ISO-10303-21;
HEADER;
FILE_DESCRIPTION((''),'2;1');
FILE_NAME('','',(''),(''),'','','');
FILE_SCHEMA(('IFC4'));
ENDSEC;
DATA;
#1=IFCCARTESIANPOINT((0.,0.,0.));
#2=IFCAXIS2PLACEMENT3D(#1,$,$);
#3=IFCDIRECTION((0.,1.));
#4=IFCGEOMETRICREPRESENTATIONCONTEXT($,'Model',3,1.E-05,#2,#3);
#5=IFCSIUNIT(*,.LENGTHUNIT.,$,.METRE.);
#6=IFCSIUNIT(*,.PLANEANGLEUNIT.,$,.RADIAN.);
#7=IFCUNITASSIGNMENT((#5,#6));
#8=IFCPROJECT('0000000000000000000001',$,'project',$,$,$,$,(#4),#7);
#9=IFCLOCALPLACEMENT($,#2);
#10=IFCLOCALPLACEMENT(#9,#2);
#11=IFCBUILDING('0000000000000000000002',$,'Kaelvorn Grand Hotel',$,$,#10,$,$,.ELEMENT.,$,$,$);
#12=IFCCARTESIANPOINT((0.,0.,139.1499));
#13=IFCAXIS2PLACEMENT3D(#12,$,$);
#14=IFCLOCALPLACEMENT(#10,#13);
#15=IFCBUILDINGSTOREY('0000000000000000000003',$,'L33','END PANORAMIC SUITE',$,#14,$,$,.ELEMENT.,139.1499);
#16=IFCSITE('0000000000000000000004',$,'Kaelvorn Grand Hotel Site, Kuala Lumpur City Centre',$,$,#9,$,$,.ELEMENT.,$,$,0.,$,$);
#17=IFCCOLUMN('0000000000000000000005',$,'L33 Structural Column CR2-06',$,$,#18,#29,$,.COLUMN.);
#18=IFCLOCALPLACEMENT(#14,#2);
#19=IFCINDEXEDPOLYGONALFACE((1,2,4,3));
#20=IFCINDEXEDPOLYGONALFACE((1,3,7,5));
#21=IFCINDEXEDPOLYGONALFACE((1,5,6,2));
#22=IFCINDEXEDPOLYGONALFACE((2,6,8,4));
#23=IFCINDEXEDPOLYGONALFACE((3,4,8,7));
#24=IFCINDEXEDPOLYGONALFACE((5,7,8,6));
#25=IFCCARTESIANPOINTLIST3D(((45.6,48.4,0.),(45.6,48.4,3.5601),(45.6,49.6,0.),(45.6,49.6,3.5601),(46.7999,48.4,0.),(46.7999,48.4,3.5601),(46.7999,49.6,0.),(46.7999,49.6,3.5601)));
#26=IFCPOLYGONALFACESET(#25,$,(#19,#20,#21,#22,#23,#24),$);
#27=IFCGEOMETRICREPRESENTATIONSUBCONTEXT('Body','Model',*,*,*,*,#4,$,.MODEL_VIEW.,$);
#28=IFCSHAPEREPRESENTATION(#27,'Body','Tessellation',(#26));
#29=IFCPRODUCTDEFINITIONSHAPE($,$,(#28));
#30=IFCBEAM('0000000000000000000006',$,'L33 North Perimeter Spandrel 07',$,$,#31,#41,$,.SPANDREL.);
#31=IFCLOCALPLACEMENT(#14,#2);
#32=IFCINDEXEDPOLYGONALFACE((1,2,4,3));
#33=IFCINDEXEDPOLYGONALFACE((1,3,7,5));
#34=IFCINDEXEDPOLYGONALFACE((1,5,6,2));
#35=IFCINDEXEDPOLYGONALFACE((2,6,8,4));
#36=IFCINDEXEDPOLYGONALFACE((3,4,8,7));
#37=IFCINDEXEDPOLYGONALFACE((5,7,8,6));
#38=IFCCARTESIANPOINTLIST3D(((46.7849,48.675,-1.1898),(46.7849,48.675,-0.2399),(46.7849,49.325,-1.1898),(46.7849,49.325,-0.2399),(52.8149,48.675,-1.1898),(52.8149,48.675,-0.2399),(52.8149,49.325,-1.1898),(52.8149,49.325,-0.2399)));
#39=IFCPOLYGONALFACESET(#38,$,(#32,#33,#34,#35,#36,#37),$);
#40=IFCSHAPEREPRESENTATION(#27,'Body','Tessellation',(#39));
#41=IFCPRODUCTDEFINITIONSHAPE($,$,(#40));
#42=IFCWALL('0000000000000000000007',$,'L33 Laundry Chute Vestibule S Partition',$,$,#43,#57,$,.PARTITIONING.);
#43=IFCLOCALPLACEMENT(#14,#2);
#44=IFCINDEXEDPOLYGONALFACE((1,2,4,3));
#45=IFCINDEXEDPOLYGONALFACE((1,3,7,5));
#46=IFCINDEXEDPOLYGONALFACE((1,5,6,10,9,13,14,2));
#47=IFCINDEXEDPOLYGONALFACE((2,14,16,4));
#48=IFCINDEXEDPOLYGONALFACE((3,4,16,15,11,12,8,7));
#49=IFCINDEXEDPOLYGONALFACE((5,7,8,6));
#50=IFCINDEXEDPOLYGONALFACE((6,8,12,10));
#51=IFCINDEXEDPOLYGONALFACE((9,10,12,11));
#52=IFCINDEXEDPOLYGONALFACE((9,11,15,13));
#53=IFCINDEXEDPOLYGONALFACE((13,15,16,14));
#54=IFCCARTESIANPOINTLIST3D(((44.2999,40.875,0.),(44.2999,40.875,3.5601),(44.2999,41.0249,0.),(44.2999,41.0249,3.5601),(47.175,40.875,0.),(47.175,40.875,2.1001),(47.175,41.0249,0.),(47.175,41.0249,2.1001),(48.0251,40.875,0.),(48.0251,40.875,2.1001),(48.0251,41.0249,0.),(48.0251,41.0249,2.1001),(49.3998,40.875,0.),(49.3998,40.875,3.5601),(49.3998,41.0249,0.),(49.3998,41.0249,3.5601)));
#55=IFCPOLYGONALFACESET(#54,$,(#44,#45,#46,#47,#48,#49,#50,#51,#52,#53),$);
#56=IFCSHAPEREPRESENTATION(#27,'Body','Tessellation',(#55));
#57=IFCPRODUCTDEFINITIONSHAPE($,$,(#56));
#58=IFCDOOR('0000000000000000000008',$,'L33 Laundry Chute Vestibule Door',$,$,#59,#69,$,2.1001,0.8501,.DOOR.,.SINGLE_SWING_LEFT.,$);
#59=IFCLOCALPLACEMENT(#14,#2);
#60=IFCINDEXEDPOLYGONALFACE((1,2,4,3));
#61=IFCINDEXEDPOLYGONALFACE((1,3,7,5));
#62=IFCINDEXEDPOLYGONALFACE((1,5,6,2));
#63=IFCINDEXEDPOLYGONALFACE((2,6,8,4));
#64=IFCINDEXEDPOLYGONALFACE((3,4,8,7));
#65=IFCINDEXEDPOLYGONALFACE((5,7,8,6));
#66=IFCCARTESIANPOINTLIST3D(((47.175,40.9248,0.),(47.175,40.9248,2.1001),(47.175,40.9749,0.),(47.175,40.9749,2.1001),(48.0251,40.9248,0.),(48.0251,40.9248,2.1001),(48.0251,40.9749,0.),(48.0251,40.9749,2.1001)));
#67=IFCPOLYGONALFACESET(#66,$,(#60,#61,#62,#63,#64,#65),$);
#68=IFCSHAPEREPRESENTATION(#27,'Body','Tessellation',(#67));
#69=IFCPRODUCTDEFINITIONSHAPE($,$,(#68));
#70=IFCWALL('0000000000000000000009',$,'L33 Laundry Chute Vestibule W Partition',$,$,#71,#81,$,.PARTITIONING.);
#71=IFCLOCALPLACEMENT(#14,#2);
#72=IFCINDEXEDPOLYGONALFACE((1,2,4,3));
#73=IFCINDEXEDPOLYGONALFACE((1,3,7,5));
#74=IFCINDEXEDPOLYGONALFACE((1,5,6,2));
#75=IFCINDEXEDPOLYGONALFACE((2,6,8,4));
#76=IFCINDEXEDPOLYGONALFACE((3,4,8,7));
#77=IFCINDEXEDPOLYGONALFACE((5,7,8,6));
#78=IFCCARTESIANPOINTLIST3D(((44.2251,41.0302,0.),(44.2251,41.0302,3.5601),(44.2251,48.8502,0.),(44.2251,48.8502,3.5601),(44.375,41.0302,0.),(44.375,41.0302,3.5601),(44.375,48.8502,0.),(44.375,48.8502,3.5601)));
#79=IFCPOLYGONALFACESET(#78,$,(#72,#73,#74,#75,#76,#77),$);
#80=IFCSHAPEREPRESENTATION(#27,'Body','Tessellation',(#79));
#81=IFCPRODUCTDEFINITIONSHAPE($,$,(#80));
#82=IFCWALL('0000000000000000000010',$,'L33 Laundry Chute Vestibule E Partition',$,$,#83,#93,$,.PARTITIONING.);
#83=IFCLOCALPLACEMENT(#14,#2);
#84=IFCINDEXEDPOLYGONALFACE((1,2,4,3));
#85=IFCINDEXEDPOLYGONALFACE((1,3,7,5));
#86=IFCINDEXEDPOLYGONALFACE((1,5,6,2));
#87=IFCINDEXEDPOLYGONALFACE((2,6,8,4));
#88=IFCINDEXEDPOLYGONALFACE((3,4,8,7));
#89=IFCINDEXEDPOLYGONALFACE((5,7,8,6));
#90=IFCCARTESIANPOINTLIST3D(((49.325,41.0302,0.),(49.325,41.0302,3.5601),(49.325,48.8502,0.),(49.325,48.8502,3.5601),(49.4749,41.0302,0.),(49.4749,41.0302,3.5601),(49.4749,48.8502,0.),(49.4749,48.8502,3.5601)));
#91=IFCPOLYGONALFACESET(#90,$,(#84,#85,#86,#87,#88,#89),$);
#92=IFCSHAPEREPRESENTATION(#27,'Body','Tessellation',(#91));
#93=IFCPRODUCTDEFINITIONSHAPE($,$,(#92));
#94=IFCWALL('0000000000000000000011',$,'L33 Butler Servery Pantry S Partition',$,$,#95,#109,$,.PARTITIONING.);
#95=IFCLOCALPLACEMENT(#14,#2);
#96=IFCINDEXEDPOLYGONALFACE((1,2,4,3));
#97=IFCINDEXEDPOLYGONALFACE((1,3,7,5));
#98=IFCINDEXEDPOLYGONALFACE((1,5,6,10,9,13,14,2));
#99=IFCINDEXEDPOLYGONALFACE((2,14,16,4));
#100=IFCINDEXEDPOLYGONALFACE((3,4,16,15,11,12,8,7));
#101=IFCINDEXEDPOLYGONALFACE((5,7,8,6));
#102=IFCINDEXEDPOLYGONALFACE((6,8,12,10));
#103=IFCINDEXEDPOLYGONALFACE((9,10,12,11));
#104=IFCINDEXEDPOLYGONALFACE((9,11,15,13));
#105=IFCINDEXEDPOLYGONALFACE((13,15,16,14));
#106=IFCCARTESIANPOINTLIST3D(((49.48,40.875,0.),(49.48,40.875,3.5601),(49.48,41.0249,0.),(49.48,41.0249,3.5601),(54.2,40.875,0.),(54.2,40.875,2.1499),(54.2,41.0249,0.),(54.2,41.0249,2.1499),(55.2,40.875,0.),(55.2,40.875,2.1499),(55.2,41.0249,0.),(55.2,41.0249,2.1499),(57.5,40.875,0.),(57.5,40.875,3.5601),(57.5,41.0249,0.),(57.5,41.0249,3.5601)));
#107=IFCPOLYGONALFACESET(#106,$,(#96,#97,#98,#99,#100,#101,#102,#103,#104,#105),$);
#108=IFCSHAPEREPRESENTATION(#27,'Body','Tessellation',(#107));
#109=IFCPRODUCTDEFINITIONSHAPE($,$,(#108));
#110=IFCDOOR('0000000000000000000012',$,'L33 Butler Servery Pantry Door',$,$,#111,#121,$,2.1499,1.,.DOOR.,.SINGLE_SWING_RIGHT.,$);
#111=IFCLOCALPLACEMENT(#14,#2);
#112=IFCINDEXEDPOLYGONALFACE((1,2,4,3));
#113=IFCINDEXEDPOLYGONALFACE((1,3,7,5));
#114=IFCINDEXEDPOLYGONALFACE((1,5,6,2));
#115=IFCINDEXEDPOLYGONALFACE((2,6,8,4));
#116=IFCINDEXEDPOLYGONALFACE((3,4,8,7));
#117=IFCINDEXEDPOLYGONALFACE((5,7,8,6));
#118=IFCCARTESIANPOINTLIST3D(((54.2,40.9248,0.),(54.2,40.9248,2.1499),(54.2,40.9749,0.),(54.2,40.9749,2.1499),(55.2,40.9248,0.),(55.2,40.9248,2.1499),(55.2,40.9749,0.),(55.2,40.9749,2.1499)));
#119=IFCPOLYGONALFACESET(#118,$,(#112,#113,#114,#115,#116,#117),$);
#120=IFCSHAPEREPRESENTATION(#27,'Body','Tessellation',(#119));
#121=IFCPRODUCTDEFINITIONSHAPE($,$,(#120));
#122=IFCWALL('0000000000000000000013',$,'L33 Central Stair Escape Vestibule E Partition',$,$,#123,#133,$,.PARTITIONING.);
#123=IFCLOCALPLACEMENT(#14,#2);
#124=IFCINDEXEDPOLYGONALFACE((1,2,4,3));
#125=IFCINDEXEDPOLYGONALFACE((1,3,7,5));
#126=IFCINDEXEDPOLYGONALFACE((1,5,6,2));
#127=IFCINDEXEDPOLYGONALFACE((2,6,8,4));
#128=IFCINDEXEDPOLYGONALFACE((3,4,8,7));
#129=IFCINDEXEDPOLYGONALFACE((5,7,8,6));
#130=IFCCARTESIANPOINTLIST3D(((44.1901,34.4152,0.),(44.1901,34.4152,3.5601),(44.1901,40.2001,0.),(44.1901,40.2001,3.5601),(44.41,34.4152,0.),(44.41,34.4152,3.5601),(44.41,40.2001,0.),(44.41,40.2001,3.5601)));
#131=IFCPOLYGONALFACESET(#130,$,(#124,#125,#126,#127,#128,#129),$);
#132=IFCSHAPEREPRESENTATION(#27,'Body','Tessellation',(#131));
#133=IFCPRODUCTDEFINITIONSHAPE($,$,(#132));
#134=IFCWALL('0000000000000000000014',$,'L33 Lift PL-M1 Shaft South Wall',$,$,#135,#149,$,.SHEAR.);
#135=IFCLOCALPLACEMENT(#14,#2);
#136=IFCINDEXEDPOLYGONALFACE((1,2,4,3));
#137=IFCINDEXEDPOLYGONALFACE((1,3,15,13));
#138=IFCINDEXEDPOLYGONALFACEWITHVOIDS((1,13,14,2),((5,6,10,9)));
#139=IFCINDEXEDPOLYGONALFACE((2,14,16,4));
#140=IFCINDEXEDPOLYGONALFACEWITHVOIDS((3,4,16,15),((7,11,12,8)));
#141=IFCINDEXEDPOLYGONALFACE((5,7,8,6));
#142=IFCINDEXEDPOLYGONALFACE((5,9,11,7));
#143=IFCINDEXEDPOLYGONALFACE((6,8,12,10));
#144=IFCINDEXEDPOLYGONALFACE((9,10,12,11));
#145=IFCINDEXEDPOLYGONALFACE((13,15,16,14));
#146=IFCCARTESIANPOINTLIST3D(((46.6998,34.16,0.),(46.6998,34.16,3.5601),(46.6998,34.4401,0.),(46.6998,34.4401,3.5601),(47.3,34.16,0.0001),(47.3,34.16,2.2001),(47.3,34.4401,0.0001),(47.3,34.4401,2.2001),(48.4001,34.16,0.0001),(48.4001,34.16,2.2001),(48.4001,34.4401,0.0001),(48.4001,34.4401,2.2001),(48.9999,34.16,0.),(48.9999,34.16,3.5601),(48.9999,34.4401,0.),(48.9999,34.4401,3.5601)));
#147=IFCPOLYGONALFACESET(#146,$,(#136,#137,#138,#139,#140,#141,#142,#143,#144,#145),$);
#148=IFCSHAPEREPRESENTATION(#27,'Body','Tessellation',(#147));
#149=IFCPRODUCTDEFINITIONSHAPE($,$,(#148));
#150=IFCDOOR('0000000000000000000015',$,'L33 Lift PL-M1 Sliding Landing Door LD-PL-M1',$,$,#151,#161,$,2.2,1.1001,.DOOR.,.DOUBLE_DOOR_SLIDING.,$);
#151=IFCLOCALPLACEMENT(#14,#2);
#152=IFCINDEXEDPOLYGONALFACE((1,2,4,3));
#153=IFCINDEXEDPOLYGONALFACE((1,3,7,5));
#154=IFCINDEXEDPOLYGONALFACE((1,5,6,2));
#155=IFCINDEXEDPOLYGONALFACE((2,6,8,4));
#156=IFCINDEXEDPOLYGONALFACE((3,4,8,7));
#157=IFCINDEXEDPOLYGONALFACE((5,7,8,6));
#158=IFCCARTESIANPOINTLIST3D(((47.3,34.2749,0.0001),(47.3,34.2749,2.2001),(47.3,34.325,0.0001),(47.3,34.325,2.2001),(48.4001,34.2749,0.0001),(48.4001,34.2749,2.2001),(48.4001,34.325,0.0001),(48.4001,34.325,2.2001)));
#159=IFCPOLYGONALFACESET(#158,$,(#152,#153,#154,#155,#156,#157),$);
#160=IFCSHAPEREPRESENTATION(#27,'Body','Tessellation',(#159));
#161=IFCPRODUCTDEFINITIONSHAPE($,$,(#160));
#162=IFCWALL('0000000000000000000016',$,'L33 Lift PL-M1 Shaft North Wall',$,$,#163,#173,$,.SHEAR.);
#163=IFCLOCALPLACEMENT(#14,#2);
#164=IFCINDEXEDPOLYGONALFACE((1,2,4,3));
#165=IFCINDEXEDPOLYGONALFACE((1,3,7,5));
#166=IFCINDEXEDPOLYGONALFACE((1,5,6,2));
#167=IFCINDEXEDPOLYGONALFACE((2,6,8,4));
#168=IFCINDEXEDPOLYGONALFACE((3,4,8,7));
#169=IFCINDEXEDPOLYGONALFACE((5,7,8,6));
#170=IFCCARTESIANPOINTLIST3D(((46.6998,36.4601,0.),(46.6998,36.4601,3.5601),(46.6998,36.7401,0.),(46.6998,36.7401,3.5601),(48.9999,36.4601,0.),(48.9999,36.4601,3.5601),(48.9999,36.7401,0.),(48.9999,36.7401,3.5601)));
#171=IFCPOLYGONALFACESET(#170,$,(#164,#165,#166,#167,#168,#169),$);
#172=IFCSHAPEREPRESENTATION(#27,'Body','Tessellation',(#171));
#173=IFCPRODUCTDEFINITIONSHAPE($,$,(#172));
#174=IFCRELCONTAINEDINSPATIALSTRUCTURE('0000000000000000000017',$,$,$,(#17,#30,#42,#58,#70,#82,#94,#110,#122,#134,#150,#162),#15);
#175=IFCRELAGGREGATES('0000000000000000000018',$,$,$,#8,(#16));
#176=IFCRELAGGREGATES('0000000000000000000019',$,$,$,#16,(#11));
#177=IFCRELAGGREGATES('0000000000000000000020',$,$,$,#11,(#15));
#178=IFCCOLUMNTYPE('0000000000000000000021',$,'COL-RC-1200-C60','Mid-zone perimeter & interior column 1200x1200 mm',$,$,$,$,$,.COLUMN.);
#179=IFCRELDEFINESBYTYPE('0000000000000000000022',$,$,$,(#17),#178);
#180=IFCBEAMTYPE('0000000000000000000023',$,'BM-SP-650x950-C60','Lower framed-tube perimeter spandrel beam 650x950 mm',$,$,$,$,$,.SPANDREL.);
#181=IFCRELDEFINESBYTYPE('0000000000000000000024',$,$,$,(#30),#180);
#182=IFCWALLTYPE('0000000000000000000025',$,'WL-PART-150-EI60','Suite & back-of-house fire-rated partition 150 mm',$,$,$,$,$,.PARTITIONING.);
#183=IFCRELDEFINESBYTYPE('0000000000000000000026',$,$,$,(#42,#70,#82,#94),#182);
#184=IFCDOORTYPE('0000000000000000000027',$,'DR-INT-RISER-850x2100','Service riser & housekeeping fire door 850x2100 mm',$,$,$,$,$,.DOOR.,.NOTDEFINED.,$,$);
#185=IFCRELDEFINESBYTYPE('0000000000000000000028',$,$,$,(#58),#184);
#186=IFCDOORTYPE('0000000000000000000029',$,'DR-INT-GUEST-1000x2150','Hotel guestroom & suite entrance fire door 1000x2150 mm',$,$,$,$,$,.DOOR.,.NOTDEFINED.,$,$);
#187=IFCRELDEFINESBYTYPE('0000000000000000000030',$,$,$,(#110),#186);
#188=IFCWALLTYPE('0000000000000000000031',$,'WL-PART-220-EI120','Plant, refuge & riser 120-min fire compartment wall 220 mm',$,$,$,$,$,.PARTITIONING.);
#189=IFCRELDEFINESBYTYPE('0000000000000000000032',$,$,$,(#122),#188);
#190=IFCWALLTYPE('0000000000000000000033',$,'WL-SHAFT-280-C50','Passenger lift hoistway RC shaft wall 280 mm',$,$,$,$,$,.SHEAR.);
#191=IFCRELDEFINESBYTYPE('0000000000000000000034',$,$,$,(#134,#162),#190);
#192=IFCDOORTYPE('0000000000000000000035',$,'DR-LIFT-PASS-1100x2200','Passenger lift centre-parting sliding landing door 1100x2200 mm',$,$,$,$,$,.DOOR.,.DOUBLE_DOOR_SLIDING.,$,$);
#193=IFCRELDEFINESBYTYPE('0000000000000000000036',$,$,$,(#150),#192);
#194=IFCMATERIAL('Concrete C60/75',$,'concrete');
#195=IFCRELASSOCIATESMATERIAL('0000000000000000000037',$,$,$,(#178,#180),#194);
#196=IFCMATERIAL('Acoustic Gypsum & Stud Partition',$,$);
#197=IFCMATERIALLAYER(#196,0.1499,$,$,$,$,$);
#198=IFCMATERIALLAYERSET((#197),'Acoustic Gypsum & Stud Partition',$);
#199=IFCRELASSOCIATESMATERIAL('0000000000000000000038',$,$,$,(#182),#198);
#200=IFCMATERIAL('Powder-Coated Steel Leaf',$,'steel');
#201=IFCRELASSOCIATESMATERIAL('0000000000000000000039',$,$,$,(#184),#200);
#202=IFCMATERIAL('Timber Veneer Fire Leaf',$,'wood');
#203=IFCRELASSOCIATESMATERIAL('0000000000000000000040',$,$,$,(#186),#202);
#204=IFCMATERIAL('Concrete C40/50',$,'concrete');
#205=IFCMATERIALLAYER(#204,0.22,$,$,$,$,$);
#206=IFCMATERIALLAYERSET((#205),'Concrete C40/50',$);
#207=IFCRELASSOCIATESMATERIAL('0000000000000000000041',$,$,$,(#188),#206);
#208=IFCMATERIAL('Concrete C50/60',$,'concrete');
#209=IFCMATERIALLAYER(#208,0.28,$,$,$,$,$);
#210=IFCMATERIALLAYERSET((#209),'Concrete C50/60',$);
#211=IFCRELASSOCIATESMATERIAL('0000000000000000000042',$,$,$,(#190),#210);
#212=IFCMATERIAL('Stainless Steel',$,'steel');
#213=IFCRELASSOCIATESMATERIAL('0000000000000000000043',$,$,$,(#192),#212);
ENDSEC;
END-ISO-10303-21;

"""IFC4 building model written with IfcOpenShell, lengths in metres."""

from ifc_helpers import new_model, si_unit, direction, frame, frame_2d, origin, origin_2d, place, context, subcontext, project, spatial, rectangle, extrude, material, layer, layer_set, material_profile, profile_set, type_object, element, fill, save


model = new_model("IFC4")

# Units and contexts
model_context = context("Model", 3, precision=1e-05, world=origin(), true_north=direction((0.0, 1.0)))
body_context = subcontext(model_context, "Body", "Model", "MODEL_VIEW")
ifc_project = project(units=[si_unit("LENGTHUNIT", "METRE"), si_unit("PLANEANGLEUNIT", "RADIAN")], contexts=[model_context])

# Site, building, storey
site_placement = place(None, origin())
site = spatial("IfcSite", under=ifc_project, at=site_placement, Name="Kaelvorn Grand Hotel Site, Kuala Lumpur City Centre", CompositionType="ELEMENT", RefElevation=0.0)
building_placement = place(site_placement, origin())
building = spatial("IfcBuilding", under=site, at=building_placement, Name="Kaelvorn Grand Hotel", CompositionType="ELEMENT")
storey_placement = place(building_placement, frame((0.0, 0.0, 139.1499)))
storey = spatial("IfcBuildingStorey", under=building, at=storey_placement, Name="L33", Description="END PANORAMIC SUITE", CompositionType="ELEMENT", Elevation=139.1499)

# Column
ifc_material_1 = material(Name="Concrete C60/75", Category="concrete")
ifc_material_profile_1 = material_profile(ifc_material_1, rectangle(XDim=1.2, YDim=1.2, at=origin_2d()), Name="RC COL 1200x1200")
ifc_profile_set_1 = profile_set([ifc_material_profile_1], Name="Concrete C60/75")
column_type = type_object("IfcColumnType", Name="COL-RC-1200-C60", Description="Mid-zone perimeter & interior column 1200x1200 mm", PredefinedType="COLUMN", material=ifc_profile_set_1)
column_placement = place(storey_placement, frame((46.2, 49.0, 0.0), z_axis=(0.0, 0.0, 1.0), x_axis=(1.0, 0.0, 0.0)))
element("IfcColumn", 1, at=column_placement, inside=storey, type_object=column_type, Name="L33 Structural Column CR2-06", PredefinedType="COLUMN", context=body_context, shape_type="SweptSolid", body=[
    extrude(rectangle(XDim=1.2, YDim=1.2, at=origin_2d()), origin(), (0.0, 0.0, 1.0), 3.5601),
])

# Beam
ifc_material_profile_2 = material_profile(ifc_material_1, rectangle(XDim=0.6499, YDim=0.95, at=origin_2d()), Name="RC SPANDREL 650x950")
ifc_profile_set_2 = profile_set([ifc_material_profile_2], Name="Concrete C60/75")
beam_type = type_object("IfcBeamType", Name="BM-SP-650x950-C60", Description="Lower framed-tube perimeter spandrel beam 650x950 mm", PredefinedType="SPANDREL", material=ifc_profile_set_2)
beam_placement = place(storey_placement, frame((46.7849, 49.0, -0.7148), z_axis=(1.0, 0.0, 0.0), x_axis=(0.0, 1.0, 0.0)))
element("IfcBeam", 2, at=beam_placement, inside=storey, type_object=beam_type, Name="L33 North Perimeter Spandrel 07", PredefinedType="SPANDREL", context=body_context, shape_type="SweptSolid", body=[
    extrude(rectangle(XDim=0.6499, YDim=0.95, at=origin_2d()), origin(), (0.0, 0.0, 1.0), 6.03),
])

# Wall, opening, door
ifc_material_2 = material(Name="Acoustic Gypsum & Stud Partition")
ifc_layer_1 = layer(ifc_material_2, 0.1499)
ifc_layer_set_1 = layer_set([ifc_layer_1], Name="Acoustic Gypsum & Stud Partition")
wall_type_1 = type_object("IfcWallType", Name="WL-PART-150-EI60", Description="Suite & back-of-house fire-rated partition 150 mm", PredefinedType="PARTITIONING", material=ifc_layer_set_1)
wall_1_placement = place(storey_placement, frame((44.3, 40.95, 0.0), z_axis=(0.0, 0.0, 1.0), x_axis=(1.0, 0.0, 0.0)))
wall_1 = element("IfcWall", 3, at=wall_1_placement, inside=storey, type_object=wall_type_1, Name="L33 Laundry Chute Vestibule S Partition", PredefinedType="PARTITIONING", context=body_context, shape_type="SweptSolid", body=[
    extrude(rectangle(XDim=5.0999, YDim=0.1499, at=frame_2d((2.5498, 0.0))), origin(), (0.0, 0.0, 1.0), 3.5601),
])
opening_1_placement = place(wall_1_placement, frame((2.875, 0.0, 0.0)))
opening_1 = element("IfcOpeningElement", 4, at=opening_1_placement, cuts=wall_1, PredefinedType="OPENING", context=body_context, shape_type="SweptSolid", body=[
    extrude(rectangle(XDim=0.8501, YDim=2.1001, at=frame_2d((0.425, 1.05))), frame((0.0, 0.085, 0.0), z_axis=(0.0, -1.0, 0.0), x_axis=(1.0, 0.0, 0.0)), (0.0, 0.0, 1.0), 0.1699),
])
ifc_material_3 = material(Name="Powder-Coated Steel Leaf", Category="steel")
door_type_1 = type_object("IfcDoorType", Name="DR-INT-RISER-850x2100", Description="Service riser & housekeeping fire door 850x2100 mm", OperationType="NOTDEFINED", PredefinedType="DOOR", material=ifc_material_3)
door_1_placement = place(opening_1_placement, origin())
door_1 = element("IfcDoor", 5, at=door_1_placement, inside=storey, type_object=door_type_1, Name="L33 Laundry Chute Vestibule Door", OperationType="SINGLE_SWING_LEFT", OverallHeight=2.1001, OverallWidth=0.8501, PredefinedType="DOOR", context=body_context, shape_type="SweptSolid", body=[
    extrude(rectangle(XDim=0.8501, YDim=2.1001, at=frame_2d((0.425, 1.05))), frame((0.0, 0.0249, 0.0), z_axis=(0.0, -1.0, 0.0), x_axis=(1.0, 0.0, 0.0)), (0.0, 0.0, 1.0), 0.05),
])
fill(opening_1, door_1)

# Walls
for number, where, z_axis, x_axis, name in (
    (6, (44.3, 41.03, 0.0), (0.0, 0.0, 1.0), (0.0, 1.0, 0.0), "L33 Laundry Chute Vestibule W Partition"),
    (7, (49.3999, 41.03, 0.0), (0.0, 0.0, 1.0), (0.0, 1.0, 0.0), "L33 Laundry Chute Vestibule E Partition"),
):
    element("IfcWall", number, at=place(storey_placement, frame(where, z_axis=z_axis, x_axis=x_axis)), inside=storey, type_object=wall_type_1, Name=name, PredefinedType="PARTITIONING", context=body_context, shape_type="SweptSolid", body=[
        extrude(rectangle(XDim=7.8201, YDim=0.1499, at=frame_2d((3.9102, 0.0))), origin(), (0.0, 0.0, 1.0), 3.5601),
    ])

# Wall, opening, door
wall_2_placement = place(storey_placement, frame((49.48, 40.95, 0.0), z_axis=(0.0, 0.0, 1.0), x_axis=(1.0, 0.0, 0.0)))
wall_2 = element("IfcWall", 8, at=wall_2_placement, inside=storey, type_object=wall_type_1, Name="L33 Butler Servery Pantry S Partition", PredefinedType="PARTITIONING", context=body_context, shape_type="SweptSolid", body=[
    extrude(rectangle(XDim=8.02, YDim=0.1499, at=frame_2d((4.01, 0.0))), origin(), (0.0, 0.0, 1.0), 3.5601),
])
opening_2_placement = place(wall_2_placement, frame((4.72, 0.0, 0.0)))
opening_2 = element("IfcOpeningElement", 9, at=opening_2_placement, cuts=wall_2, PredefinedType="OPENING", context=body_context, shape_type="SweptSolid", body=[
    extrude(rectangle(XDim=1.0, YDim=2.1499, at=frame_2d((0.5, 1.075))), frame((0.0, 0.085, 0.0), z_axis=(0.0, -1.0, 0.0), x_axis=(1.0, 0.0, 0.0)), (0.0, 0.0, 1.0), 0.1699),
])
ifc_material_4 = material(Name="Timber Veneer Fire Leaf", Category="wood")
door_type_2 = type_object("IfcDoorType", Name="DR-INT-GUEST-1000x2150", Description="Hotel guestroom & suite entrance fire door 1000x2150 mm", OperationType="NOTDEFINED", PredefinedType="DOOR", material=ifc_material_4)
door_2_placement = place(opening_2_placement, origin())
door_2 = element("IfcDoor", 10, at=door_2_placement, inside=storey, type_object=door_type_2, Name="L33 Butler Servery Pantry Door", OperationType="SINGLE_SWING_RIGHT", OverallHeight=2.1499, OverallWidth=1.0, PredefinedType="DOOR", context=body_context, shape_type="SweptSolid", body=[
    extrude(rectangle(XDim=1.0, YDim=2.1499, at=frame_2d((0.5, 1.075))), frame((0.0, 0.0249, 0.0), z_axis=(0.0, -1.0, 0.0), x_axis=(1.0, 0.0, 0.0)), (0.0, 0.0, 1.0), 0.05),
])
fill(opening_2, door_2)

# Wall
ifc_material_5 = material(Name="Concrete C40/50", Category="concrete")
ifc_layer_2 = layer(ifc_material_5, 0.22)
ifc_layer_set_2 = layer_set([ifc_layer_2], Name="Concrete C40/50")
wall_type_2 = type_object("IfcWallType", Name="WL-PART-220-EI120", Description="Plant, refuge & riser 120-min fire compartment wall 220 mm", PredefinedType="PARTITIONING", material=ifc_layer_set_2)
wall_3_placement = place(storey_placement, frame((44.3, 34.415, 0.0), z_axis=(0.0, 0.0, 1.0), x_axis=(0.0, 1.0, 0.0)))
element("IfcWall", 11, at=wall_3_placement, inside=storey, type_object=wall_type_2, Name="L33 Central Stair Escape Vestibule E Partition", PredefinedType="PARTITIONING", context=body_context, shape_type="SweptSolid", body=[
    extrude(rectangle(XDim=5.7849, YDim=0.22, at=frame_2d((2.8926, 0.0))), origin(), (0.0, 0.0, 1.0), 3.5601),
])

# Wall, opening, door
ifc_material_6 = material(Name="Concrete C50/60", Category="concrete")
ifc_layer_3 = layer(ifc_material_6, 0.28)
ifc_layer_set_3 = layer_set([ifc_layer_3], Name="Concrete C50/60")
wall_type_3 = type_object("IfcWallType", Name="WL-SHAFT-280-C50", Description="Passenger lift hoistway RC shaft wall 280 mm", PredefinedType="SHEAR", material=ifc_layer_set_3)
wall_4_placement = place(storey_placement, frame((46.7, 34.3, 0.0), z_axis=(0.0, 0.0, 1.0), x_axis=(1.0, 0.0, 0.0)))
wall_4 = element("IfcWall", 12, at=wall_4_placement, inside=storey, type_object=wall_type_3, Name="L33 Lift PL-M1 Shaft South Wall", PredefinedType="SHEAR", context=body_context, shape_type="SweptSolid", body=[
    extrude(rectangle(XDim=2.3, YDim=0.28, at=frame_2d((1.1499, 0.0))), origin(), (0.0, 0.0, 1.0), 3.5601),
])
opening_3_placement = place(wall_4_placement, frame((0.6001, 0.0, 0.0)))
opening_3 = element("IfcOpeningElement", 13, at=opening_3_placement, cuts=wall_4, PredefinedType="OPENING", context=body_context, shape_type="SweptSolid", body=[
    extrude(rectangle(XDim=1.1001, YDim=2.2, at=frame_2d((0.55, 1.1001))), frame((0.0, 0.1499, 0.0), z_axis=(0.0, -1.0, 0.0), x_axis=(1.0, 0.0, 0.0)), (0.0, 0.0, 1.0), 0.3),
])
ifc_material_7 = material(Name="Stainless Steel", Category="steel")
door_type_3 = type_object("IfcDoorType", Name="DR-LIFT-PASS-1100x2200", Description="Passenger lift centre-parting sliding landing door 1100x2200 mm", OperationType="DOUBLE_DOOR_SLIDING", PredefinedType="DOOR", material=ifc_material_7)
door_3_placement = place(opening_3_placement, origin())
door_3 = element("IfcDoor", 14, at=door_3_placement, inside=storey, type_object=door_type_3, Name="L33 Lift PL-M1 Sliding Landing Door LD-PL-M1", OperationType="DOUBLE_DOOR_SLIDING", OverallHeight=2.2, OverallWidth=1.1001, PredefinedType="DOOR", context=body_context, shape_type="SweptSolid", body=[
    extrude(rectangle(XDim=1.1001, YDim=2.2, at=frame_2d((0.55, 1.1001))), frame((0.0, 0.0249, 0.0), z_axis=(0.0, -1.0, 0.0), x_axis=(1.0, 0.0, 0.0)), (0.0, 0.0, 1.0), 0.05),
])
fill(opening_3, door_3)

# Wall
wall_5_placement = place(storey_placement, frame((46.7, 36.6001, 0.0), z_axis=(0.0, 0.0, 1.0), x_axis=(1.0, 0.0, 0.0)))
element("IfcWall", 15, at=wall_5_placement, inside=storey, type_object=wall_type_3, Name="L33 Lift PL-M1 Shaft North Wall", PredefinedType="SHEAR", context=body_context, shape_type="SweptSolid", body=[
    extrude(rectangle(XDim=2.3, YDim=0.28, at=frame_2d((1.1499, 0.0))), origin(), (0.0, 0.0, 1.0), 3.5601),
])

save(model, "model.ifc")
